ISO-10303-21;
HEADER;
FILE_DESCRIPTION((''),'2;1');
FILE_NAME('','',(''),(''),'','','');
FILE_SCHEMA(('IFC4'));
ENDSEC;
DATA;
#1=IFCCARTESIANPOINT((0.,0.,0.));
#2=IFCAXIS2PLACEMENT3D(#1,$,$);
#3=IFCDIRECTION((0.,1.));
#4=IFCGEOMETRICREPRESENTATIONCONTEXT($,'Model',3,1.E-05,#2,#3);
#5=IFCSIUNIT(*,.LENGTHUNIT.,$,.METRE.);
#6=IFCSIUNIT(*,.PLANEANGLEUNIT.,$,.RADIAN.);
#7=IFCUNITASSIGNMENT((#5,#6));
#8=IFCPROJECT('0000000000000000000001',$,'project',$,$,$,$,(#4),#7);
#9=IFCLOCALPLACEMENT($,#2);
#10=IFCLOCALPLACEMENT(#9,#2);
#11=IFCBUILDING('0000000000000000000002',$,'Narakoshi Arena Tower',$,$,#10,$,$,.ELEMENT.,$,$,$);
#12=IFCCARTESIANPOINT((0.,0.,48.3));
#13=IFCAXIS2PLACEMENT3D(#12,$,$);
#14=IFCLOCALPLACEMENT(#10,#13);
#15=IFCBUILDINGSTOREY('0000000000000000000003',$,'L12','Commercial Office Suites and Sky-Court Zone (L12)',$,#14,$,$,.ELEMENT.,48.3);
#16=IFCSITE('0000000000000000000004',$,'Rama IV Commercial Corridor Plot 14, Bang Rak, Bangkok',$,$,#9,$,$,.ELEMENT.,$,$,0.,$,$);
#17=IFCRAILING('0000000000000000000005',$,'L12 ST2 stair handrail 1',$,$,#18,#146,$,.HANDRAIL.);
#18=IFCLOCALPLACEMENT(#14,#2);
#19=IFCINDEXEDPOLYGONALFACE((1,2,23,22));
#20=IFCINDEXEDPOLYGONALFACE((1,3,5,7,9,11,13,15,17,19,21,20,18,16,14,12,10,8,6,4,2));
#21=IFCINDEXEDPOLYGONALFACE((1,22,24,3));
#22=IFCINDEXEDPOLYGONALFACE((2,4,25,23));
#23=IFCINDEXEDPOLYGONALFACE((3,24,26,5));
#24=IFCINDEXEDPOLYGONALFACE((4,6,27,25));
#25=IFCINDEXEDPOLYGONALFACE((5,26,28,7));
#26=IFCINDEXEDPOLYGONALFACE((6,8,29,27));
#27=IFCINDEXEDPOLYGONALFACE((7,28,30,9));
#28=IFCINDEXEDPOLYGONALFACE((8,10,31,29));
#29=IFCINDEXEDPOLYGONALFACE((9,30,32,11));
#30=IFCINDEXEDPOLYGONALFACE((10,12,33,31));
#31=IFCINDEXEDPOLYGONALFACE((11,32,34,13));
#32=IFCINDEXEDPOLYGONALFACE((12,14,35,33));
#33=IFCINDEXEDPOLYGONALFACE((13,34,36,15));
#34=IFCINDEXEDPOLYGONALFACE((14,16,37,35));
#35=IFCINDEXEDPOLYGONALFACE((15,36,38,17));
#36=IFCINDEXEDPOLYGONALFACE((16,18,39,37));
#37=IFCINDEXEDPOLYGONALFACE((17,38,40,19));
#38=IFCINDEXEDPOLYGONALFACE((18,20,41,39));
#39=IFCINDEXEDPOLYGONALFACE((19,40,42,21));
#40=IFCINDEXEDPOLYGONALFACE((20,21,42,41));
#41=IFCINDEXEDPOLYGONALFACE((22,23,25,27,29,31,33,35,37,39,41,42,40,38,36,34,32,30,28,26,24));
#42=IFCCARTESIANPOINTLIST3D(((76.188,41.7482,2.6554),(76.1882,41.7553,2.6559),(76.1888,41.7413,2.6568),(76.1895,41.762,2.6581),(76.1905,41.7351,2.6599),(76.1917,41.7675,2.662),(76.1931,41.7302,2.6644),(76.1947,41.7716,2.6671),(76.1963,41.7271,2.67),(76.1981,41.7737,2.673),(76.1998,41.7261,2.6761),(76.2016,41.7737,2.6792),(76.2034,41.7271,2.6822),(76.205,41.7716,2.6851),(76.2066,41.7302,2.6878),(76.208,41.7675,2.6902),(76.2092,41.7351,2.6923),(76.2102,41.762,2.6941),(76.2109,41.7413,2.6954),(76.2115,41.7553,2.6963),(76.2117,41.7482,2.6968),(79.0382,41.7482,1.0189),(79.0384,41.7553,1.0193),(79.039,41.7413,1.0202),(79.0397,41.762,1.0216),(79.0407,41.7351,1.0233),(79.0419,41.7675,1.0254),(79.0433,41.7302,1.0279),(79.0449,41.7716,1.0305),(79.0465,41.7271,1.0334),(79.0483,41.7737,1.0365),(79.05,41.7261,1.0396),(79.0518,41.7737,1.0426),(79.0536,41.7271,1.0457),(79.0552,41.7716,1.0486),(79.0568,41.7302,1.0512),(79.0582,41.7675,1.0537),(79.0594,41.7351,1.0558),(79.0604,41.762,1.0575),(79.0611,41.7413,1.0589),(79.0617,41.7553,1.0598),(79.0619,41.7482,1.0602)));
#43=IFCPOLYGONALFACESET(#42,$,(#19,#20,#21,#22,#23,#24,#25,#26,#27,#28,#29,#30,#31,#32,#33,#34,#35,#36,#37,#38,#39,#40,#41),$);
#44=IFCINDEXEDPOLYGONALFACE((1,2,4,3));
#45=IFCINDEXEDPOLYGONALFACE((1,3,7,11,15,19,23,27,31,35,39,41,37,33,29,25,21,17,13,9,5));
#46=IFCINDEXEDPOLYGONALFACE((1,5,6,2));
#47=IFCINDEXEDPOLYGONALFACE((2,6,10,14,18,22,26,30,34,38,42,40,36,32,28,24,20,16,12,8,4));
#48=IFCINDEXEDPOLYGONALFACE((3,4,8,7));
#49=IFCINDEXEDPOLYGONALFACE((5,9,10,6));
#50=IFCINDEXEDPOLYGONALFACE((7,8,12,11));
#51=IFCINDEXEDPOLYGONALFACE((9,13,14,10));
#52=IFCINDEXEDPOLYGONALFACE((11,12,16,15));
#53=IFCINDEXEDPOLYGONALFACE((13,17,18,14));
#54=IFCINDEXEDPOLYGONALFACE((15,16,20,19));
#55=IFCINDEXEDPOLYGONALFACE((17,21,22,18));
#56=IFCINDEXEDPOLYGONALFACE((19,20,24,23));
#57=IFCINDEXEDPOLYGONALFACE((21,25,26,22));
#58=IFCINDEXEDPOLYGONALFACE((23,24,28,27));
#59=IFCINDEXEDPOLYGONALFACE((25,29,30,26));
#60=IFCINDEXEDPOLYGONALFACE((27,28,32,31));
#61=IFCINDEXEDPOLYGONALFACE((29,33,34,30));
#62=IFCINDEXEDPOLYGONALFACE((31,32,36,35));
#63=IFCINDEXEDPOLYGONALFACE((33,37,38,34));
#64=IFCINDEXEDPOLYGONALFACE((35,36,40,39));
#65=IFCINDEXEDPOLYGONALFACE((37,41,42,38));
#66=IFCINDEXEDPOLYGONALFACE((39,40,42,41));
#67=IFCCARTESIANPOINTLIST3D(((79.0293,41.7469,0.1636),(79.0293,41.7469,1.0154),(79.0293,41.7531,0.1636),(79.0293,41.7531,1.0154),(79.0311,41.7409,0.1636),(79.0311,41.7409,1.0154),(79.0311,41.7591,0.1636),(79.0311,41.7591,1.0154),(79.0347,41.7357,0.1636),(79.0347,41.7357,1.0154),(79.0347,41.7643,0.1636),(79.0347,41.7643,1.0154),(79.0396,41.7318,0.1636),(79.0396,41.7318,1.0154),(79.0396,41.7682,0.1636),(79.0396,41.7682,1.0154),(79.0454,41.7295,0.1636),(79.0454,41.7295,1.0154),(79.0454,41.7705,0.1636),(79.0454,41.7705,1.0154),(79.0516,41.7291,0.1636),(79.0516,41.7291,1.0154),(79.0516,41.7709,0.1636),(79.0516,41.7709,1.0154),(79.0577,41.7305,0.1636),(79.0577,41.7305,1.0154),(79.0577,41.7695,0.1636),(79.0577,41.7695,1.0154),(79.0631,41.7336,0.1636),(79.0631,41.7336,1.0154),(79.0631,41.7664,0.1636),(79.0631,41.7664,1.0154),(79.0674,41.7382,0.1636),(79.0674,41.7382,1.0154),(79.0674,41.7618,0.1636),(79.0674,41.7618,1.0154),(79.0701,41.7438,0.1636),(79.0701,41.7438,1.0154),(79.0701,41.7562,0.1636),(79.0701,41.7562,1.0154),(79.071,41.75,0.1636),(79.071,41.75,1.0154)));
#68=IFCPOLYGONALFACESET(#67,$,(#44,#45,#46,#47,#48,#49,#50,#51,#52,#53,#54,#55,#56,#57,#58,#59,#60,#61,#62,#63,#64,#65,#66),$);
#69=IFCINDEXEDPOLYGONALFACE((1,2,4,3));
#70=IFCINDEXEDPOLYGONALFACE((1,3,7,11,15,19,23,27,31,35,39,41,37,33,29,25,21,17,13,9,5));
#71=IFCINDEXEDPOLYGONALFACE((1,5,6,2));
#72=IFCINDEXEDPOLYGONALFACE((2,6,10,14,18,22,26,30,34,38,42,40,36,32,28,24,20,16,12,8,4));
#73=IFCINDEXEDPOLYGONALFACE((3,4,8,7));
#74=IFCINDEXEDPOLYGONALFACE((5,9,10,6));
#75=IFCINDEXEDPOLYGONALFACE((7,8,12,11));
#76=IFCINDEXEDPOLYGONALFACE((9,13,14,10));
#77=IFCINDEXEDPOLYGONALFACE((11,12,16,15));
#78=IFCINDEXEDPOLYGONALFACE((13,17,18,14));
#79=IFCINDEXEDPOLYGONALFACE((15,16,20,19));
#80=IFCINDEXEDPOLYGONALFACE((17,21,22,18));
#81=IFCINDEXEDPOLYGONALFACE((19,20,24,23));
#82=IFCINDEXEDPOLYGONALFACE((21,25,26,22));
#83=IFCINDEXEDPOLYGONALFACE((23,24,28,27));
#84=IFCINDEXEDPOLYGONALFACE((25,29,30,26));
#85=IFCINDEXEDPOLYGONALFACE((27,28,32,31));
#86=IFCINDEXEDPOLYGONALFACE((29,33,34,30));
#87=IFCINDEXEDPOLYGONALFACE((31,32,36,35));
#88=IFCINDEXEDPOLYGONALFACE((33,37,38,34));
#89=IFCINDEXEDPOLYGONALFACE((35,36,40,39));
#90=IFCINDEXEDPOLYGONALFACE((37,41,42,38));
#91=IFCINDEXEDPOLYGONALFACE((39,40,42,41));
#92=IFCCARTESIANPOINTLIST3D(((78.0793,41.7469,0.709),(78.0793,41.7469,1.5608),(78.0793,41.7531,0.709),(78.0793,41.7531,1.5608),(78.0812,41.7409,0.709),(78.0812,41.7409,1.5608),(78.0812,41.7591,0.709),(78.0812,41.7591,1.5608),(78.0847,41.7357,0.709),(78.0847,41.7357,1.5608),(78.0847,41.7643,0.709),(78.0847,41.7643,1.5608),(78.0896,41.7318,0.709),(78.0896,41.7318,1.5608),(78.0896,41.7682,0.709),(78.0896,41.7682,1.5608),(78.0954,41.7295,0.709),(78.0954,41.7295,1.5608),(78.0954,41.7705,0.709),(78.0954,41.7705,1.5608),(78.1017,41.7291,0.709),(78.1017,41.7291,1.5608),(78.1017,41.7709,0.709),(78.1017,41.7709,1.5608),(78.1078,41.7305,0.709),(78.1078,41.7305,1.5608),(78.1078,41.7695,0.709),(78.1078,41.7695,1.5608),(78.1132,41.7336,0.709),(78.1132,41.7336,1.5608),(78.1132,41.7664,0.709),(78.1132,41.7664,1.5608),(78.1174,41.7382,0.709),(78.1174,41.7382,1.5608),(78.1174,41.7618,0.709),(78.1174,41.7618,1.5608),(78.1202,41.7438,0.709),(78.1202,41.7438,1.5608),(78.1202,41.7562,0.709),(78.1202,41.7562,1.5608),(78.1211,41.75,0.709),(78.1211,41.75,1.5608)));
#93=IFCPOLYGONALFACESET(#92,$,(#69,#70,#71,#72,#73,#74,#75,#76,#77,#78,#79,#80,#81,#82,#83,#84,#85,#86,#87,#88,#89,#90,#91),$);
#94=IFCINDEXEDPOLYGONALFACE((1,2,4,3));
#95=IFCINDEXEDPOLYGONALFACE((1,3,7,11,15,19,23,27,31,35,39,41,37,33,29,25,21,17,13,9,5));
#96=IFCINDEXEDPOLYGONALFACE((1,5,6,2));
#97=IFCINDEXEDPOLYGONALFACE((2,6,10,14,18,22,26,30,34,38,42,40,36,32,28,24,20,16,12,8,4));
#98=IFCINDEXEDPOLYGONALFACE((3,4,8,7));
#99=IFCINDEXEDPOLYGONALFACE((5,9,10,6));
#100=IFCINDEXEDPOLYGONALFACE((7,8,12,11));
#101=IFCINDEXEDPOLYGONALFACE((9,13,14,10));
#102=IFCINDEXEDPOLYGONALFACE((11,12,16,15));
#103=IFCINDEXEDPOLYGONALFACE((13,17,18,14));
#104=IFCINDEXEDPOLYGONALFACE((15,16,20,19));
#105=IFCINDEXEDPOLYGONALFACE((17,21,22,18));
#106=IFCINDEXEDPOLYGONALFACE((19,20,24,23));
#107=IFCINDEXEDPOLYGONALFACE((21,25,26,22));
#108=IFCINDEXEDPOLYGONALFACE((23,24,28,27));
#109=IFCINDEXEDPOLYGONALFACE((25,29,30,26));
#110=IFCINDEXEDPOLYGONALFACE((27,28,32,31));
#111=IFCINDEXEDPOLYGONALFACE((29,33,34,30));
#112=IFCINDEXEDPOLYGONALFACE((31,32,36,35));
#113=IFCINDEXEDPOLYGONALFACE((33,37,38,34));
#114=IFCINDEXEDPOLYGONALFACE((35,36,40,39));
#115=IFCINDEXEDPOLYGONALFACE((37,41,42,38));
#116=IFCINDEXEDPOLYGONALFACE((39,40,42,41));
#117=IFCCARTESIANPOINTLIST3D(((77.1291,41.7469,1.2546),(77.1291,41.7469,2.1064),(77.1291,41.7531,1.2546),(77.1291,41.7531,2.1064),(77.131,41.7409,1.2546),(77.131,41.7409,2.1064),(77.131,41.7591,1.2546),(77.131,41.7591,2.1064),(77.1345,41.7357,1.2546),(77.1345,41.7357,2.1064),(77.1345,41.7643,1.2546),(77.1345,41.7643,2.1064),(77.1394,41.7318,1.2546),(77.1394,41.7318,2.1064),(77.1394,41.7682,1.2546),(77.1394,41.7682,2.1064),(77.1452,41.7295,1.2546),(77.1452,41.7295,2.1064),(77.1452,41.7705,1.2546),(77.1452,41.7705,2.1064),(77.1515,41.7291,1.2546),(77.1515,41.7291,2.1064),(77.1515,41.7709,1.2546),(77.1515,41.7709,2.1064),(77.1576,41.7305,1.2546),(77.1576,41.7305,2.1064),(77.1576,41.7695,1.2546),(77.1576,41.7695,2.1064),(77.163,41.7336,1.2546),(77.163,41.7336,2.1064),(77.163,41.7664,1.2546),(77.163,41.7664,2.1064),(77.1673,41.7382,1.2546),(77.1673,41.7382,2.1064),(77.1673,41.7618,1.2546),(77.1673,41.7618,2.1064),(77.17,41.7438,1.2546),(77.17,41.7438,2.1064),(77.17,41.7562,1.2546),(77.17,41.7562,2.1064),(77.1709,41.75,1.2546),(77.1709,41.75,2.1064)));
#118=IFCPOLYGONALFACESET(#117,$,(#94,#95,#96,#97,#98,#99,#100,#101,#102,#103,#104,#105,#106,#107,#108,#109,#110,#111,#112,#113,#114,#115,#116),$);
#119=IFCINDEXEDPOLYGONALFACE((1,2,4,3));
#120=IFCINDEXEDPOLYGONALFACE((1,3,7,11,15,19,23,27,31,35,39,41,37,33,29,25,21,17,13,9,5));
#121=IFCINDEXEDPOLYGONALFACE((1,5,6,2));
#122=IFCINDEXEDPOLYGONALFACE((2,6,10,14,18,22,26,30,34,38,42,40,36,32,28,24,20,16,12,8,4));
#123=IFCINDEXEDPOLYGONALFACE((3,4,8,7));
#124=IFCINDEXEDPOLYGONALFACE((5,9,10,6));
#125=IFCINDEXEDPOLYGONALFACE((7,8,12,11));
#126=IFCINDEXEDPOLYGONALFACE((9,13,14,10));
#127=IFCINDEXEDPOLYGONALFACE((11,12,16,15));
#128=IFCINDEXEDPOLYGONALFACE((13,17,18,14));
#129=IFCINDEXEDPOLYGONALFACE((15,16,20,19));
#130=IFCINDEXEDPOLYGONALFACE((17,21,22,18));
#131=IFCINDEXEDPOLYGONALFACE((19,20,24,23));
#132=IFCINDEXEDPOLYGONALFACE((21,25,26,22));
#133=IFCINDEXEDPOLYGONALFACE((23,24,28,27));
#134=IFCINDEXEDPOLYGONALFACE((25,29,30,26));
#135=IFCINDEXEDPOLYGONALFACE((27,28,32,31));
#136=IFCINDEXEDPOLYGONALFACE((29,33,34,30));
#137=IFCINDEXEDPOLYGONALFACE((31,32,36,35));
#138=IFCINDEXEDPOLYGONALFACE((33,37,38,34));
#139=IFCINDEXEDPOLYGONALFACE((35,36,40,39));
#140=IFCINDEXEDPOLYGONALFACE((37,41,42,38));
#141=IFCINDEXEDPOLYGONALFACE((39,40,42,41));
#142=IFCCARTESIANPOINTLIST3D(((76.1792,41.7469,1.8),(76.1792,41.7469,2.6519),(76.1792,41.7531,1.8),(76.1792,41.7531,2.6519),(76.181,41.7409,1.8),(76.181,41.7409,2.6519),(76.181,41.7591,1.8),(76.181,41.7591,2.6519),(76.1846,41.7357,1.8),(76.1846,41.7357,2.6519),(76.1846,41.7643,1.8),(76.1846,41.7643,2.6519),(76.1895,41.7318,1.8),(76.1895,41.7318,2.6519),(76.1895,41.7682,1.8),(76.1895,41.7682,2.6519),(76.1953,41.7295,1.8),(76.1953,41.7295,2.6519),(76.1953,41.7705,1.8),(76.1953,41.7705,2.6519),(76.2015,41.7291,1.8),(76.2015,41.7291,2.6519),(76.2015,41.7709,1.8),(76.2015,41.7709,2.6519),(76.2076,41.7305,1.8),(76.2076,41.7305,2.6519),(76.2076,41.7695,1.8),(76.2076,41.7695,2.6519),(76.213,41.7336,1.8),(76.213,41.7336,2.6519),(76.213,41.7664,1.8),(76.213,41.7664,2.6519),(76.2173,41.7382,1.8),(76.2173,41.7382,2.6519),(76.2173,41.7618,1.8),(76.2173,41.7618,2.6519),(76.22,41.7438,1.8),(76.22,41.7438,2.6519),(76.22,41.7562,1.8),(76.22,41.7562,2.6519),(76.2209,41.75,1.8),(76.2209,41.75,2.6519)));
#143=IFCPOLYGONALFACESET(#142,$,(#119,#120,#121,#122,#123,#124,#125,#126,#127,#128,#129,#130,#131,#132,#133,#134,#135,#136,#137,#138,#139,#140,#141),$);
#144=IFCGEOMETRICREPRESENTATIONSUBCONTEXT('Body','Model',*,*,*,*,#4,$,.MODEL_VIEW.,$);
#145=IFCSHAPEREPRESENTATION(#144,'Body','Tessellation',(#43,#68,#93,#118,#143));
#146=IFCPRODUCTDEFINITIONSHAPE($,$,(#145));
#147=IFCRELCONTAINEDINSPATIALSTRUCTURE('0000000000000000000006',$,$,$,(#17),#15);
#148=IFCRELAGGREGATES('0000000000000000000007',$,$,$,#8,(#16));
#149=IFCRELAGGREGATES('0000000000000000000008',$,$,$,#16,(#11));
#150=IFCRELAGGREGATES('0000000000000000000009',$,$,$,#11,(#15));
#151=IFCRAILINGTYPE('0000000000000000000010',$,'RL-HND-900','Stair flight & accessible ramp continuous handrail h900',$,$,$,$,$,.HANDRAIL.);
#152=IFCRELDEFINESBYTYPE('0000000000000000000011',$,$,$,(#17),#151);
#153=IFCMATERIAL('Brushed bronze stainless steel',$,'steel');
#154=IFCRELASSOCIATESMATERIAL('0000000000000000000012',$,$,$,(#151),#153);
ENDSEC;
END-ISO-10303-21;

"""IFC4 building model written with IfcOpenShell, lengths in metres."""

from ifc_helpers import new_model, si_unit, direction, frame, origin, origin_2d, place, context, subcontext, project, spatial, circle, extrude, material, type_object, element, save


model = new_model("IFC4")

# Units and contexts
model_context = context("Model", 3, precision=1e-05, world=origin(), true_north=direction((0.0, 1.0)))
body_context = subcontext(model_context, "Body", "Model", "MODEL_VIEW")
ifc_project = project(units=[si_unit("LENGTHUNIT", "METRE"), si_unit("PLANEANGLEUNIT", "RADIAN")], contexts=[model_context])

# Site, building, storey
site_placement = place(None, origin())
site = spatial("IfcSite", under=ifc_project, at=site_placement, Name="Rama IV Commercial Corridor Plot 14, Bang Rak, Bangkok", CompositionType="ELEMENT", RefElevation=0.0)
building_placement = place(site_placement, origin())
building = spatial("IfcBuilding", under=site, at=building_placement, Name="Narakoshi Arena Tower", CompositionType="ELEMENT")
storey_placement = place(building_placement, frame((0.0, 0.0, 48.3)))
storey = spatial("IfcBuildingStorey", under=building, at=storey_placement, Name="L12", Description="Commercial Office Suites and Sky-Court Zone (L12)", CompositionType="ELEMENT", Elevation=48.3)

# Shared definitions
ifc_material_1 = material(Name="Brushed bronze stainless steel", Category="steel")

# Railing
railing_type_1 = type_object("IfcRailingType", Name="RL-HND-900", Description="Stair flight & accessible ramp continuous handrail h900", PredefinedType="HANDRAIL", material=ifc_material_1)
railing_1_placement = place(storey_placement, frame((79.05, 41.75, 0.1636)))
element("IfcRailing", 1, at=railing_1_placement, inside=storey, type_object=railing_type_1, Name="L12 ST2 stair handrail 1", PredefinedType="HANDRAIL", context=body_context, shape_type="SweptSolid", body=[
    extrude(circle(Radius=0.0239, at=origin_2d()), frame((0.0, 0.0, 0.876), z_axis=(-0.867213, 0.0, 0.497938), x_axis=(0.0, -1.0, 0.0)), (0.0, 0.0, 1.0), 3.2866),
    extrude(circle(Radius=0.021, at=origin_2d()), origin(), (0.0, 0.0, 1.0), 0.8518),
    extrude(circle(Radius=0.021, at=origin_2d()), frame((-0.95, 0.0, 0.5454)), (0.0, 0.0, 1.0), 0.8518),
    extrude(circle(Radius=0.021, at=origin_2d()), frame((-1.9001, 0.0, 1.0911)), (0.0, 0.0, 1.0), 0.8518),
    extrude(circle(Radius=0.021, at=origin_2d()), frame((-2.8501, 0.0, 1.6365)), (0.0, 0.0, 1.0), 0.8518),
])

save(model, "model.ifc")
